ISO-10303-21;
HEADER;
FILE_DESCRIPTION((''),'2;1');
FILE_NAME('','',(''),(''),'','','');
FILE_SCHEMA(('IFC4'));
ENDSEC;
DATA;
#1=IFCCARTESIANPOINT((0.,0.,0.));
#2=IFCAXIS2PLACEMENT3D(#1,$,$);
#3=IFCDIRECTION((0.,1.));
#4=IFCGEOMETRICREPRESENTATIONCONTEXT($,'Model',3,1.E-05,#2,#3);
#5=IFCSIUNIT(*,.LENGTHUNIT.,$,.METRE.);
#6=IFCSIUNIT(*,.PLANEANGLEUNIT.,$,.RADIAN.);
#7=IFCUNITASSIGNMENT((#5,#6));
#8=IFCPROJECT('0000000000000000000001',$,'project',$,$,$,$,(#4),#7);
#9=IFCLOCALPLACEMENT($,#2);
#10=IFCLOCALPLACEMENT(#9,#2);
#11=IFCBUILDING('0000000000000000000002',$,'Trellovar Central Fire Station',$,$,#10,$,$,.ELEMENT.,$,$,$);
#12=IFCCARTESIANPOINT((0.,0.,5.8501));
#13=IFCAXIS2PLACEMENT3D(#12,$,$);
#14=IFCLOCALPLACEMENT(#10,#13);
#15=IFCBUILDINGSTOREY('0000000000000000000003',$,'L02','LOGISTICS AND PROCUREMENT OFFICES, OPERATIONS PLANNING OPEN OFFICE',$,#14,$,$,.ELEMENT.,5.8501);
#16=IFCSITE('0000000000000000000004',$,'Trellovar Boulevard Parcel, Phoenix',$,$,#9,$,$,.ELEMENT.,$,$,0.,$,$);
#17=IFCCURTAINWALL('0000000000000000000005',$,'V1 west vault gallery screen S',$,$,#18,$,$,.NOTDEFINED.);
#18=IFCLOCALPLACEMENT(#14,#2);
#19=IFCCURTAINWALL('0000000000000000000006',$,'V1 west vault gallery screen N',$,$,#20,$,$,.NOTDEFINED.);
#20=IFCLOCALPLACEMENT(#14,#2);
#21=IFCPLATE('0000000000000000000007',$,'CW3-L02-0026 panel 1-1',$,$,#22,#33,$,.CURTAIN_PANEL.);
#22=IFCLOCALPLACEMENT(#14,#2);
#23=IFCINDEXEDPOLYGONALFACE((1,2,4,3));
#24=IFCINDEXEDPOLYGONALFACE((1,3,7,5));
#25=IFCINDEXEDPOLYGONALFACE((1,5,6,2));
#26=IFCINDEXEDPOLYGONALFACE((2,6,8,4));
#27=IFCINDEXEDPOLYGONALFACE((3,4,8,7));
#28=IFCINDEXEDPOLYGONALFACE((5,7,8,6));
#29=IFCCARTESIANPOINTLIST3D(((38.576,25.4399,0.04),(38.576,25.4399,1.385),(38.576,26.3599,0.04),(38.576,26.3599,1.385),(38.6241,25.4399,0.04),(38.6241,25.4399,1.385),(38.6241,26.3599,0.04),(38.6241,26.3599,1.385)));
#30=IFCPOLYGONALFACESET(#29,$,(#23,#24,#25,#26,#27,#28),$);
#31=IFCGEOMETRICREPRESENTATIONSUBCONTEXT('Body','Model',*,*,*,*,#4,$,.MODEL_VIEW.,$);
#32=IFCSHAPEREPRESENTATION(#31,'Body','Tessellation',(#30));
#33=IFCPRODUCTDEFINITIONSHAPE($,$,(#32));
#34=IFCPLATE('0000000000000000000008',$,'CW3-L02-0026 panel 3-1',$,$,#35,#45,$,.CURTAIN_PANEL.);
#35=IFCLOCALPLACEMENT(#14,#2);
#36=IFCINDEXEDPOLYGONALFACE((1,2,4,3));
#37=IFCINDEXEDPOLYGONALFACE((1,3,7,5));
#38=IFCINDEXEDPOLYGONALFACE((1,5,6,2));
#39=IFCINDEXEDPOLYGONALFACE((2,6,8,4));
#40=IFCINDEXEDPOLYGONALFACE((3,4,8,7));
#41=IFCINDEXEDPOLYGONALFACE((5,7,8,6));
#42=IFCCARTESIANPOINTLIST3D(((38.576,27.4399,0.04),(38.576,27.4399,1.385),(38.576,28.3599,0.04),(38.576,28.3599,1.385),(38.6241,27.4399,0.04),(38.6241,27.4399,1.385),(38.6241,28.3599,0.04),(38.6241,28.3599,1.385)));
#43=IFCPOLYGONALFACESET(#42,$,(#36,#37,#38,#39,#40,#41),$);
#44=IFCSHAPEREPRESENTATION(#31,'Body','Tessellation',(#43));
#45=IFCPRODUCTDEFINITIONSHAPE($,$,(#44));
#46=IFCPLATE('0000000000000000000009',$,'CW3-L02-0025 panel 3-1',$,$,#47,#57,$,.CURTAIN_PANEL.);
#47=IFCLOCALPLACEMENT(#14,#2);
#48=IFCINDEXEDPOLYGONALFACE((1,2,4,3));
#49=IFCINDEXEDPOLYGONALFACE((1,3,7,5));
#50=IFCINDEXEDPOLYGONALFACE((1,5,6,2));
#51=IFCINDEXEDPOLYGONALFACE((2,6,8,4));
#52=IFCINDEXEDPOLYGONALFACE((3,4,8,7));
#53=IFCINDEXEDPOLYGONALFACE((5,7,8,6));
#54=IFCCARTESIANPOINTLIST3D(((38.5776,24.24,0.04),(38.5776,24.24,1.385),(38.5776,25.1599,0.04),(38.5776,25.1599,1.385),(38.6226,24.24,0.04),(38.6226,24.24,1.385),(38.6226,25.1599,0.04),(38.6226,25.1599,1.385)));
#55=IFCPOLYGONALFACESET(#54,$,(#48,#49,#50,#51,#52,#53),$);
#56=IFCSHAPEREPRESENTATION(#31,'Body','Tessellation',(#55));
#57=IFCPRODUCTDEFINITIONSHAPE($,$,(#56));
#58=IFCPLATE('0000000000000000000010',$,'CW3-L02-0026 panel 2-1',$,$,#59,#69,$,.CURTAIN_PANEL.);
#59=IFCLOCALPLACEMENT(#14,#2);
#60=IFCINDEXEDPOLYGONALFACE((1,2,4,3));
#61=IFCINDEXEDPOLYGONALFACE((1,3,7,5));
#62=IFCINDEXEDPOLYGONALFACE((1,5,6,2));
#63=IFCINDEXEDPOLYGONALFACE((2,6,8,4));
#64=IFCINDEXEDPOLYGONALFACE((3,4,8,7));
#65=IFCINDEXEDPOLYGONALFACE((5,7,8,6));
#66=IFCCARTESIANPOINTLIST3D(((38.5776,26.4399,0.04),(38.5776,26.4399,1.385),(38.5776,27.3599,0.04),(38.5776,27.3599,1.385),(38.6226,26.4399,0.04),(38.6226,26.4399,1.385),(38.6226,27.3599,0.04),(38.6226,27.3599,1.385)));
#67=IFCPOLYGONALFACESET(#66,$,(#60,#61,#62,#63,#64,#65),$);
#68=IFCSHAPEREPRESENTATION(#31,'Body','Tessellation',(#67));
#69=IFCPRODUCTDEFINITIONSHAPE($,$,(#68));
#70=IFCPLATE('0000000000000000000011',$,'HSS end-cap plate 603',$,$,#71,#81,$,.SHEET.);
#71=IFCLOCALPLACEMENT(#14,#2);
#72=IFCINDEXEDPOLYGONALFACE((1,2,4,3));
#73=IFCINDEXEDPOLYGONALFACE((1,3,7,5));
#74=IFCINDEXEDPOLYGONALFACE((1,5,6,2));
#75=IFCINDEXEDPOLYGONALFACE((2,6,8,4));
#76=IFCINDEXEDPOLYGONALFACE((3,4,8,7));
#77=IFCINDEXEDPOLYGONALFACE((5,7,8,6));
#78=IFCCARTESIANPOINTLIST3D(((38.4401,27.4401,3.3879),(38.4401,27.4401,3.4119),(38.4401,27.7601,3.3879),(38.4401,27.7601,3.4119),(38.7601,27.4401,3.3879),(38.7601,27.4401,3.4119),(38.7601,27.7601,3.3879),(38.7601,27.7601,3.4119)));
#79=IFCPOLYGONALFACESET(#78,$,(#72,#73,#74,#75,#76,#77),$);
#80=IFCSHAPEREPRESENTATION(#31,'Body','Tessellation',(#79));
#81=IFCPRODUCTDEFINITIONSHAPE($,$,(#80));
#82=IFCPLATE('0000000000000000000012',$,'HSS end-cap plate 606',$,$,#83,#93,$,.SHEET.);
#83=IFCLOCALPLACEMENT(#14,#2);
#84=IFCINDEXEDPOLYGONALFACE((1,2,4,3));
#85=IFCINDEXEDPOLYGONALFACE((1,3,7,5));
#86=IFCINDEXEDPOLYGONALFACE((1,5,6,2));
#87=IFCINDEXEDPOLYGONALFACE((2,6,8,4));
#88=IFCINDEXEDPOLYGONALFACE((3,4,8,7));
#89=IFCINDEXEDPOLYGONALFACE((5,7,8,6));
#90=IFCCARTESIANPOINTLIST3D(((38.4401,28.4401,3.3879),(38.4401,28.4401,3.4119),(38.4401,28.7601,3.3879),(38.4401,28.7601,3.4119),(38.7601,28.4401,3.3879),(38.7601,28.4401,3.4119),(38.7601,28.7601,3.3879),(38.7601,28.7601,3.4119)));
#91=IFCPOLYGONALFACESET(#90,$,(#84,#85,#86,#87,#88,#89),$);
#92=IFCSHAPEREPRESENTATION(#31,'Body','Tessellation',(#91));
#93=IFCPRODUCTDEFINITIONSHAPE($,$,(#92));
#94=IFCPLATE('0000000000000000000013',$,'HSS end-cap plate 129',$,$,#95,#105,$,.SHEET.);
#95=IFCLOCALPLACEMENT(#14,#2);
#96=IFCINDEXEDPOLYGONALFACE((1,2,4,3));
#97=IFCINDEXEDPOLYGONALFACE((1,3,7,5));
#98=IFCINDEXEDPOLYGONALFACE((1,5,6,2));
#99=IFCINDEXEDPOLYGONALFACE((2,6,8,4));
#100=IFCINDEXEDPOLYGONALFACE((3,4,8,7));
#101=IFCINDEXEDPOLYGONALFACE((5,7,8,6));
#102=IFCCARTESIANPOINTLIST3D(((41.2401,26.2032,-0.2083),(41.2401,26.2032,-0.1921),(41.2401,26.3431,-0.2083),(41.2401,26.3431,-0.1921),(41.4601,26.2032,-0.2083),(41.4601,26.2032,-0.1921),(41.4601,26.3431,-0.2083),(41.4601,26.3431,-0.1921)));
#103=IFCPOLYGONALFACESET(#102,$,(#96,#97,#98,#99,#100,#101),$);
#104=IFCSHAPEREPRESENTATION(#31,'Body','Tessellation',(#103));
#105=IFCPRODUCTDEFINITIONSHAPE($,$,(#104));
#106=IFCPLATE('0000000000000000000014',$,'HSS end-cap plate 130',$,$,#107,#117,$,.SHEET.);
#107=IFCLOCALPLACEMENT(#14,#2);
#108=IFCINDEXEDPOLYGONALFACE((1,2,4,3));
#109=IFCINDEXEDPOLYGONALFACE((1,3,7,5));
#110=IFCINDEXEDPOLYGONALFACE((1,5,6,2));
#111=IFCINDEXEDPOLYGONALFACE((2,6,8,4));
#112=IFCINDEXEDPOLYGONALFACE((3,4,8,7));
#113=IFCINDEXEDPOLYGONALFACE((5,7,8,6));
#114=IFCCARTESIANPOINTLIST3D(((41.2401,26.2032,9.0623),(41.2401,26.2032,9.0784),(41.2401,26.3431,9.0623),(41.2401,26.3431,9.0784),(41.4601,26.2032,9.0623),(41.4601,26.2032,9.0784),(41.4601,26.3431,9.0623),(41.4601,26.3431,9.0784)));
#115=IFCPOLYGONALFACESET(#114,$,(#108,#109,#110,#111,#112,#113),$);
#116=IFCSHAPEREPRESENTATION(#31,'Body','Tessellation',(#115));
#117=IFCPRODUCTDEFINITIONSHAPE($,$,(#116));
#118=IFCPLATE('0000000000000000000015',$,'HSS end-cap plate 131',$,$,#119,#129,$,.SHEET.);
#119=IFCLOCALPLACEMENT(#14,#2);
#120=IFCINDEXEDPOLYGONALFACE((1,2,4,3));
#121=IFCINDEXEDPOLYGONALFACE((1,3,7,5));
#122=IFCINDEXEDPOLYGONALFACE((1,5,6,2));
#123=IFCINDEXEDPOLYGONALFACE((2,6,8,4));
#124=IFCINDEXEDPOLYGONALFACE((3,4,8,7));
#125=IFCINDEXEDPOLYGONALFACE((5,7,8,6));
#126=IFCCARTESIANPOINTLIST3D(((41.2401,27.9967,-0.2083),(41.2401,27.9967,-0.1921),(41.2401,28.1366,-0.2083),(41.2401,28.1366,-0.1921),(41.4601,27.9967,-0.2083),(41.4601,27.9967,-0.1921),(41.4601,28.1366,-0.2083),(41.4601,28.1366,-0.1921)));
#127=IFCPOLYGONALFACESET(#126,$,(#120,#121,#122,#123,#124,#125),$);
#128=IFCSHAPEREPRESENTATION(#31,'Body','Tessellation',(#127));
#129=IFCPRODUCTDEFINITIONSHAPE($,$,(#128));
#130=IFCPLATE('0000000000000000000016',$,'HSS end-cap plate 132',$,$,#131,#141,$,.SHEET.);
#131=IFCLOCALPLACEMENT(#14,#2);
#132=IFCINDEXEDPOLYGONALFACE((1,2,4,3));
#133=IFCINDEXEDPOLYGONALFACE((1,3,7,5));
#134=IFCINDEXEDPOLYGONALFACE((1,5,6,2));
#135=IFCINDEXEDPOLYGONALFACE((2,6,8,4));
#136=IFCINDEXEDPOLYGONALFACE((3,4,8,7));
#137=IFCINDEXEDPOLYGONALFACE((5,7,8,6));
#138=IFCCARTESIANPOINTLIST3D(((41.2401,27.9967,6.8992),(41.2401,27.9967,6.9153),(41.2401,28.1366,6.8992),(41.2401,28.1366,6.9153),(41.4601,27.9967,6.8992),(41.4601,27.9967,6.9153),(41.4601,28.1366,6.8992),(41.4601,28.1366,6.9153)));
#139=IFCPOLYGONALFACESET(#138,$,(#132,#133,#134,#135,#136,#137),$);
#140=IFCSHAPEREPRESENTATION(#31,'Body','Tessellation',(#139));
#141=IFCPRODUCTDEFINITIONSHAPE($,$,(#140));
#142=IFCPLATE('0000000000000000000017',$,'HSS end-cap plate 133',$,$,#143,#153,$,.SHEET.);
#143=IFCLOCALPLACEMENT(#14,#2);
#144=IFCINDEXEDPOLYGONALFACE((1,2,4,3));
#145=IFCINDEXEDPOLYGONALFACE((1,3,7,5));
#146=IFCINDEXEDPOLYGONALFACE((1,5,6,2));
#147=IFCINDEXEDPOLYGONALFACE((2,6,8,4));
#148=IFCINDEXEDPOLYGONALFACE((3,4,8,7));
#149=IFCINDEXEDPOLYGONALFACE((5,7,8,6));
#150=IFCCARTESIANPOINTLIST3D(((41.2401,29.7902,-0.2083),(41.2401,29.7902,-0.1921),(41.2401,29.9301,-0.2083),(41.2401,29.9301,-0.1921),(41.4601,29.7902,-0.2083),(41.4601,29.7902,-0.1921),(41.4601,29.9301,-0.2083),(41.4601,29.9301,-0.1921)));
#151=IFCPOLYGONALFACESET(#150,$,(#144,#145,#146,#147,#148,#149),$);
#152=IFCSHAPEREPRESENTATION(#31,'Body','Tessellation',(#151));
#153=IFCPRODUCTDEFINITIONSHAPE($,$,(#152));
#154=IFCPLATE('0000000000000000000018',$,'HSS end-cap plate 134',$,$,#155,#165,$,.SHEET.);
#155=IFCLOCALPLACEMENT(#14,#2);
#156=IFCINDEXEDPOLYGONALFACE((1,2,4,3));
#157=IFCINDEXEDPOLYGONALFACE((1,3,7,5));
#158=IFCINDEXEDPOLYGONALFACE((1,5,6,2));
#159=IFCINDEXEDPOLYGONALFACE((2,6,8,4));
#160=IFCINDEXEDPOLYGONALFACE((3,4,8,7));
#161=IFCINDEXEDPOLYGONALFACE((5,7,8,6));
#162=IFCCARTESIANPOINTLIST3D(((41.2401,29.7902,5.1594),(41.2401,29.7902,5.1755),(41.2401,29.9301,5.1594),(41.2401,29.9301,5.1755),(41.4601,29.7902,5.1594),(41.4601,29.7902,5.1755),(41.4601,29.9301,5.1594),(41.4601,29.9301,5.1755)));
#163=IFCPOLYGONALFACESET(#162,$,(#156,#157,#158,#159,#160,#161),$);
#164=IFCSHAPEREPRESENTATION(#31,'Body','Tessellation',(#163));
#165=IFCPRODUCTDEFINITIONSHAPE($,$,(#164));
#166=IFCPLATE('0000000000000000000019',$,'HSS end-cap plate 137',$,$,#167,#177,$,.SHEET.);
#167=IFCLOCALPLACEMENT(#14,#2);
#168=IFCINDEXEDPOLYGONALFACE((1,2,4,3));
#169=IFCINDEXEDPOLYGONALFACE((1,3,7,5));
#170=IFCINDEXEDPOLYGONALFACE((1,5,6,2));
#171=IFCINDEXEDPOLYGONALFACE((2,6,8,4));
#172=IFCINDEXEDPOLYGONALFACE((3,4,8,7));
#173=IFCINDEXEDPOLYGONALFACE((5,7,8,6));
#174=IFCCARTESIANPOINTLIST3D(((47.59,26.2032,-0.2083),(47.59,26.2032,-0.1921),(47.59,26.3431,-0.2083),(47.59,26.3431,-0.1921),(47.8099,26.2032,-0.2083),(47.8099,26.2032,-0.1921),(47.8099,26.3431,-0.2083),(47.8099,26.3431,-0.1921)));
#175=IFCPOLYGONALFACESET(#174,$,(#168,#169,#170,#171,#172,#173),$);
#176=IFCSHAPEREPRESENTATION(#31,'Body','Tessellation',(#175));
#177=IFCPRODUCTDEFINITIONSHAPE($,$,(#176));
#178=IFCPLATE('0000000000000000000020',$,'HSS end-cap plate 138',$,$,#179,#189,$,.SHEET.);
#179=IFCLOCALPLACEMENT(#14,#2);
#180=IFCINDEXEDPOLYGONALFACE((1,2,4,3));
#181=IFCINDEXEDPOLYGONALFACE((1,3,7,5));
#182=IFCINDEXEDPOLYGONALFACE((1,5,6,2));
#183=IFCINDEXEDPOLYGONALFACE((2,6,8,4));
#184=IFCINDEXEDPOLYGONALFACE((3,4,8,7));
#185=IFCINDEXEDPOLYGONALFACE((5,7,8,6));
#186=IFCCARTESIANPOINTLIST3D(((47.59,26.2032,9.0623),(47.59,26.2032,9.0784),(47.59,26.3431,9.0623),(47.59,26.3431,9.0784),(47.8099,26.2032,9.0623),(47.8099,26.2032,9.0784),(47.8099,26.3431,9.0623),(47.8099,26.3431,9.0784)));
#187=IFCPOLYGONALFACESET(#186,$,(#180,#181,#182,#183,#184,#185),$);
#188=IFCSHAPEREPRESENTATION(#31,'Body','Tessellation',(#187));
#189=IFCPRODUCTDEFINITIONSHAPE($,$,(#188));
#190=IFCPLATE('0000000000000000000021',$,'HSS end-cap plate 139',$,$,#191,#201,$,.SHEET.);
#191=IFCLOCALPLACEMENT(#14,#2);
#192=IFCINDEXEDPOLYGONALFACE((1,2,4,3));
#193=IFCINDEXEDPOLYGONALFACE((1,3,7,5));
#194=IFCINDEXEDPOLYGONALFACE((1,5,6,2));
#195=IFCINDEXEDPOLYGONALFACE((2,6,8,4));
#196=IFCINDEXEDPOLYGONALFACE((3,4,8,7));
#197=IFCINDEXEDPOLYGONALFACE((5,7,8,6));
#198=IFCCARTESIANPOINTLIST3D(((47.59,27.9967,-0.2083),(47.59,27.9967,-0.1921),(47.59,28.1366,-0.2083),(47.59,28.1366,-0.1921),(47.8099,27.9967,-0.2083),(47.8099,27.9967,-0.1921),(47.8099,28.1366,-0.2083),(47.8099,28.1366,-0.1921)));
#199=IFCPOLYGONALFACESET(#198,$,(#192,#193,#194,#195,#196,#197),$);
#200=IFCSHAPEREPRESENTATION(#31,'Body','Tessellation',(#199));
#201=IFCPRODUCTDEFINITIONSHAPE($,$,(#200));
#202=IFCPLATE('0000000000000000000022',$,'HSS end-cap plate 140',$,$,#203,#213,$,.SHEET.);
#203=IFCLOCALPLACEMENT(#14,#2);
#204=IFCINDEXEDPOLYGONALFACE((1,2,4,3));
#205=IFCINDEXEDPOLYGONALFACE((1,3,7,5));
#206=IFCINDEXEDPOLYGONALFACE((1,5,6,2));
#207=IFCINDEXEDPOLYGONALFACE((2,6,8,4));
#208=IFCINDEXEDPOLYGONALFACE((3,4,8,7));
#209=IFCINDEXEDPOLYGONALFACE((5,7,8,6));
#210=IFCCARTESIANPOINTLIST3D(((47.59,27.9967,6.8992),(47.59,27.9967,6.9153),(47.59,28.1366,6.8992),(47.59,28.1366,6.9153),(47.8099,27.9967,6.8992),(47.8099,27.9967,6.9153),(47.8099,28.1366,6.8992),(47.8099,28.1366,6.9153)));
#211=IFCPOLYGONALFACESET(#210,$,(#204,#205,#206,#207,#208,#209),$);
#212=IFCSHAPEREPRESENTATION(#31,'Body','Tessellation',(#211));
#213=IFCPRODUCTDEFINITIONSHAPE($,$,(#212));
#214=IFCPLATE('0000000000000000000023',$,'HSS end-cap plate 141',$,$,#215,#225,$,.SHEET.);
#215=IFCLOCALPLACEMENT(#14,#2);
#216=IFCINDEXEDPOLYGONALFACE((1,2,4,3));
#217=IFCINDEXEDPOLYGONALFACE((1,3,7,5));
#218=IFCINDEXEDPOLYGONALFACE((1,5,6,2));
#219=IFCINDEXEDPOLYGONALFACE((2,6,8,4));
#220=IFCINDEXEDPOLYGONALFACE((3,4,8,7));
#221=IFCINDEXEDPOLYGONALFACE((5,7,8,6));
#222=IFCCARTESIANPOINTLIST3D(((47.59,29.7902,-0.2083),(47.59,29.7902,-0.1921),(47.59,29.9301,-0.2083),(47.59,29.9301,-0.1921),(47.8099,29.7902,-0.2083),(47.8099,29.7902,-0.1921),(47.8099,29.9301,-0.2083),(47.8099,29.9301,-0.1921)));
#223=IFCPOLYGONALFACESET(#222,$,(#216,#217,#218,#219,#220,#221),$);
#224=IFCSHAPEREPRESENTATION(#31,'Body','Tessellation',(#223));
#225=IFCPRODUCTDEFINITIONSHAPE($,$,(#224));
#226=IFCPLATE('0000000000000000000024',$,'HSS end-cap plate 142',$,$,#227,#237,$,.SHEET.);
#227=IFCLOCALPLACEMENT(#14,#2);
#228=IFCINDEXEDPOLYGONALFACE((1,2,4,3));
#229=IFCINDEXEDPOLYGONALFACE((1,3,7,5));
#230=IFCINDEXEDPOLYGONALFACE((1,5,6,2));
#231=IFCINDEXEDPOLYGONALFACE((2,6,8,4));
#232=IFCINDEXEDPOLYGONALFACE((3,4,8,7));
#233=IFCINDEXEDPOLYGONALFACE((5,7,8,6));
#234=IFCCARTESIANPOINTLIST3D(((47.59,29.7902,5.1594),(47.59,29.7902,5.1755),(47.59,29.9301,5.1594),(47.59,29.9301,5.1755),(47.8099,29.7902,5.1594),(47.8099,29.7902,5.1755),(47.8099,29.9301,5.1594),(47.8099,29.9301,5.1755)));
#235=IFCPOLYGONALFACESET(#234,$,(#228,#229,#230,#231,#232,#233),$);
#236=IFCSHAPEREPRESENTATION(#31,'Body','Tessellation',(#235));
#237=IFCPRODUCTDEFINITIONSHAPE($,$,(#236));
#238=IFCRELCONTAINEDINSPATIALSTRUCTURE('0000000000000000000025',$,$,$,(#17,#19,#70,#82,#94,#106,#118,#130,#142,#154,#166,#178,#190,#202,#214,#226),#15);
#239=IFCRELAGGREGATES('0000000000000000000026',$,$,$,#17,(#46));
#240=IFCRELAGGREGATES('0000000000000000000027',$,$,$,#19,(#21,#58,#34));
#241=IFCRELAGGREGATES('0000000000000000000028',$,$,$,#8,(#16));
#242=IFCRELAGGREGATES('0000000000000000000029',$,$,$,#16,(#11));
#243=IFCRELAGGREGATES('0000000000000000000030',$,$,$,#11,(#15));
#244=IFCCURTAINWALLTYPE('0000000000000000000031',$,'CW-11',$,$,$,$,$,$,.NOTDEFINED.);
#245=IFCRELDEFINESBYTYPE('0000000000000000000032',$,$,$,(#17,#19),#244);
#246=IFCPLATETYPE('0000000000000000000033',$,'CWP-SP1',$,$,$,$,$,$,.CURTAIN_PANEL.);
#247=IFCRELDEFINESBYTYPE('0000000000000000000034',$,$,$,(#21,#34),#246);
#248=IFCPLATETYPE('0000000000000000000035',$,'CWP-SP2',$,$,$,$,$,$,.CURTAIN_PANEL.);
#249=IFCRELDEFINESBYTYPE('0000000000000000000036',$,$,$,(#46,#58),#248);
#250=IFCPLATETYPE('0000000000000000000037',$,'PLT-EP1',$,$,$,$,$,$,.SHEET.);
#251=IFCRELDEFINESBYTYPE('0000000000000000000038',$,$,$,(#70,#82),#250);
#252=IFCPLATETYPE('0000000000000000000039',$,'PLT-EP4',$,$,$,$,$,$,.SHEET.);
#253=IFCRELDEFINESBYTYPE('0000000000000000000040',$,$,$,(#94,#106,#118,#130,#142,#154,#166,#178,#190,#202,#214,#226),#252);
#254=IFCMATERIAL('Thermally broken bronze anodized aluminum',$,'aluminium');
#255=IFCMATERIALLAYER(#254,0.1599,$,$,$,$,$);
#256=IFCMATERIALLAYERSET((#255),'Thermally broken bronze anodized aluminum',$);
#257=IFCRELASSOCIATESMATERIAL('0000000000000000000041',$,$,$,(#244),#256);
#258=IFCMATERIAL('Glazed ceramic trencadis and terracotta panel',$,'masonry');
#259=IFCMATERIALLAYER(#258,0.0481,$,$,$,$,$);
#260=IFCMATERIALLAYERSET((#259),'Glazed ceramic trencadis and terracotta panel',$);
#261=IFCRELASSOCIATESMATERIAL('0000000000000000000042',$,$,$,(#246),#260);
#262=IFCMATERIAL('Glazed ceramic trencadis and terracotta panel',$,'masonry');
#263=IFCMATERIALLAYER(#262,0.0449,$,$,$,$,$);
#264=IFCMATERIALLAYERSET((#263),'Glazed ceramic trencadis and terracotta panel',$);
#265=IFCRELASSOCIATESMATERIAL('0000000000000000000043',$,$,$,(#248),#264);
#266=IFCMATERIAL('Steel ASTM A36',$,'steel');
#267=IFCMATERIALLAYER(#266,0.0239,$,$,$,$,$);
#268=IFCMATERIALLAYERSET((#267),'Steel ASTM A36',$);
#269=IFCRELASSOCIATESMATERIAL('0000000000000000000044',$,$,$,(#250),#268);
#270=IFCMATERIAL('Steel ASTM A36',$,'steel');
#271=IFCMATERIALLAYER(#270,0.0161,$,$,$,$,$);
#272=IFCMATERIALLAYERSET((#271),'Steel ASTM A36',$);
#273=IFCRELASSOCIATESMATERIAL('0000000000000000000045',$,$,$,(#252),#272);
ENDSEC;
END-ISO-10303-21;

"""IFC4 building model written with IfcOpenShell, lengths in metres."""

from ifc_helpers import new_model, si_unit, direction, frame, origin, origin_2d, place, context, subcontext, project, spatial, rectangle, extrude, material, layer, layer_set, type_object, element, aggregate, save


model = new_model("IFC4")

# Units and contexts
model_context = context("Model", 3, precision=1e-05, world=origin(), true_north=direction((0.0, 1.0)))
body_context = subcontext(model_context, "Body", "Model", "MODEL_VIEW")
ifc_project = project(units=[si_unit("LENGTHUNIT", "METRE"), si_unit("PLANEANGLEUNIT", "RADIAN")], contexts=[model_context])

# Site, building, storey
site_placement = place(None, origin())
site = spatial("IfcSite", under=ifc_project, at=site_placement, Name="Trellovar Boulevard Parcel, Phoenix", CompositionType="ELEMENT", RefElevation=0.0)
building_placement = place(site_placement, origin())
building = spatial("IfcBuilding", under=site, at=building_placement, Name="Trellovar Central Fire Station", CompositionType="ELEMENT")
storey_placement = place(building_placement, frame((0.0, 0.0, 5.8501)))
storey = spatial("IfcBuildingStorey", under=building, at=storey_placement, Name="L02", Description="LOGISTICS AND PROCUREMENT OFFICES, OPERATIONS PLANNING OPEN OFFICE", CompositionType="ELEMENT", Elevation=5.8501)

# Curtain wall
ifc_material_1 = material(Name="Thermally broken bronze anodized aluminum", Category="aluminium")
ifc_layer_1 = layer(ifc_material_1, 0.1599)
ifc_layer_set_1 = layer_set([ifc_layer_1], Name="Thermally broken bronze anodized aluminum")
curtain_wall_type = type_object("IfcCurtainWallType", Name="CW-11", PredefinedType="NOTDEFINED", material=ifc_layer_set_1)
curtain_wall_1_placement = place(storey_placement, origin())
curtain_wall_1 = element("IfcCurtainWall", 1, at=curtain_wall_1_placement, inside=storey, type_object=curtain_wall_type, Name="V1 west vault gallery screen S", PredefinedType="NOTDEFINED")

# Curtain wall
curtain_wall_2_placement = place(storey_placement, origin())
curtain_wall_2 = element("IfcCurtainWall", 2, at=curtain_wall_2_placement, inside=storey, type_object=curtain_wall_type, Name="V1 west vault gallery screen N", PredefinedType="NOTDEFINED")

# Plates
ifc_material_2 = material(Name="Glazed ceramic trencadis and terracotta panel", Category="masonry")
ifc_layer_2 = layer(ifc_material_2, 0.0481)
ifc_layer_set_2 = layer_set([ifc_layer_2], Name="Glazed ceramic trencadis and terracotta panel")
plate_type_1 = type_object("IfcPlateType", Name="CWP-SP1", PredefinedType="CURTAIN_PANEL", material=ifc_layer_set_2)
plate_1_placement = place(storey_placement, frame((38.6001, 25.8999, 0.04), z_axis=(0.0, 0.0, 1.0), x_axis=(0.0, 1.0, 0.0)))
plate_1 = element("IfcPlate", 3, at=plate_1_placement, type_object=plate_type_1, Name="CW3-L02-0026 panel 1-1", PredefinedType="CURTAIN_PANEL", context=body_context, shape_type="SweptSolid", body=[
    extrude(rectangle(XDim=0.9199, YDim=0.0481, at=origin_2d()), origin(), (0.0, 0.0, 1.0), 1.345),
])
plate_2_placement = place(storey_placement, frame((38.6001, 27.8999, 0.04), z_axis=(0.0, 0.0, 1.0), x_axis=(0.0, 1.0, 0.0)))
plate_2 = element("IfcPlate", 4, at=plate_2_placement, type_object=plate_type_1, Name="CW3-L02-0026 panel 3-1", PredefinedType="CURTAIN_PANEL", context=body_context, shape_type="SweptSolid", body=[
    extrude(rectangle(XDim=0.9199, YDim=0.0481, at=origin_2d()), origin(), (0.0, 0.0, 1.0), 1.345),
])
ifc_material_3 = material(Name="Glazed ceramic trencadis and terracotta panel", Category="masonry")
ifc_layer_3 = layer(ifc_material_3, 0.0449)
ifc_layer_set_3 = layer_set([ifc_layer_3], Name="Glazed ceramic trencadis and terracotta panel")
plate_type_2 = type_object("IfcPlateType", Name="CWP-SP2", PredefinedType="CURTAIN_PANEL", material=ifc_layer_set_3)
plate_3_placement = place(storey_placement, frame((38.6001, 24.7, 0.04), z_axis=(0.0, 0.0, 1.0), x_axis=(0.0, 1.0, 0.0)))
plate_3 = element("IfcPlate", 5, at=plate_3_placement, type_object=plate_type_2, Name="CW3-L02-0025 panel 3-1", PredefinedType="CURTAIN_PANEL", context=body_context, shape_type="SweptSolid", body=[
    extrude(rectangle(XDim=0.9199, YDim=0.0449, at=origin_2d()), origin(), (0.0, 0.0, 1.0), 1.345),
])
aggregate(curtain_wall_1, [plate_3])
plate_4_placement = place(storey_placement, frame((38.6001, 26.8999, 0.04), z_axis=(0.0, 0.0, 1.0), x_axis=(0.0, 1.0, 0.0)))
plate_4 = element("IfcPlate", 6, at=plate_4_placement, type_object=plate_type_2, Name="CW3-L02-0026 panel 2-1", PredefinedType="CURTAIN_PANEL", context=body_context, shape_type="SweptSolid", body=[
    extrude(rectangle(XDim=0.9199, YDim=0.0449, at=origin_2d()), origin(), (0.0, 0.0, 1.0), 1.345),
])
aggregate(curtain_wall_2, [plate_1, plate_4, plate_2])

# Plates
ifc_material_4 = material(Name="Steel ASTM A36", Category="steel")
ifc_layer_4 = layer(ifc_material_4, 0.0239)
ifc_layer_set_4 = layer_set([ifc_layer_4], Name="Steel ASTM A36")
plate_type_3 = type_object("IfcPlateType", Name="PLT-EP1", PredefinedType="SHEET", material=ifc_layer_set_4)
for number, where, z_axis, x_axis, name in (
    (7, (38.6001, 27.6001, 3.3879), (0.0, 0.0, 1.0), (1.0, 0.0, 0.0), "HSS end-cap plate 603"),
    (8, (38.6001, 28.6001, 3.3879), (0.0, 0.0, 1.0), (1.0, 0.0, 0.0), "HSS end-cap plate 606"),
):
    element("IfcPlate", number, at=place(storey_placement, frame(where, z_axis=z_axis, x_axis=x_axis)), inside=storey, type_object=plate_type_3, Name=name, PredefinedType="SHEET", context=body_context, shape_type="SweptSolid", body=[
        extrude(rectangle(XDim=0.3201, YDim=0.3201, at=origin_2d()), origin(), (0.0, 0.0, 1.0), 0.0239),
    ])
ifc_material_5 = material(Name="Steel ASTM A36", Category="steel")
ifc_layer_5 = layer(ifc_material_5, 0.0161)
ifc_layer_set_5 = layer_set([ifc_layer_5], Name="Steel ASTM A36")
plate_type_4 = type_object("IfcPlateType", Name="PLT-EP4", PredefinedType="SHEET", material=ifc_layer_set_5)
for number, where, z_axis, x_axis, name in (
    (9, (41.3501, 26.2732, -0.2083), (0.0, 0.0, 1.0), (1.0, 0.0, 0.0), "HSS end-cap plate 129"),
    (10, (41.3501, 26.2732, 9.0623), (0.0, 0.0, 1.0), (1.0, 0.0, 0.0), "HSS end-cap plate 130"),
    (11, (41.3501, 28.0667, -0.2083), (0.0, 0.0, 1.0), (1.0, 0.0, 0.0), "HSS end-cap plate 131"),
    (12, (41.3501, 28.0667, 6.8992), (0.0, 0.0, 1.0), (1.0, 0.0, 0.0), "HSS end-cap plate 132"),
    (13, (41.3501, 29.8601, -0.2083), (0.0, 0.0, 1.0), (1.0, 0.0, 0.0), "HSS end-cap plate 133"),
    (14, (41.3501, 29.8601, 5.1594), (0.0, 0.0, 1.0), (1.0, 0.0, 0.0), "HSS end-cap plate 134"),
    (15, (47.7, 26.2732, -0.2083), (0.0, 0.0, 1.0), (1.0, 0.0, 0.0), "HSS end-cap plate 137"),
    (16, (47.7, 26.2732, 9.0623), (0.0, 0.0, 1.0), (1.0, 0.0, 0.0), "HSS end-cap plate 138"),
    (17, (47.7, 28.0667, -0.2083), (0.0, 0.0, 1.0), (1.0, 0.0, 0.0), "HSS end-cap plate 139"),
    (18, (47.7, 28.0667, 6.8992), (0.0, 0.0, 1.0), (1.0, 0.0, 0.0), "HSS end-cap plate 140"),
    (19, (47.7, 29.8601, -0.2083), (0.0, 0.0, 1.0), (1.0, 0.0, 0.0), "HSS end-cap plate 141"),
    (20, (47.7, 29.8601, 5.1594), (0.0, 0.0, 1.0), (1.0, 0.0, 0.0), "HSS end-cap plate 142"),
):
    element("IfcPlate", number, at=place(storey_placement, frame(where, z_axis=z_axis, x_axis=x_axis)), inside=storey, type_object=plate_type_4, Name=name, PredefinedType="SHEET", context=body_context, shape_type="SweptSolid", body=[
        extrude(rectangle(XDim=0.22, YDim=0.1399, at=origin_2d()), origin(), (0.0, 0.0, 1.0), 0.0161),
    ])

save(model, "model.ifc")
